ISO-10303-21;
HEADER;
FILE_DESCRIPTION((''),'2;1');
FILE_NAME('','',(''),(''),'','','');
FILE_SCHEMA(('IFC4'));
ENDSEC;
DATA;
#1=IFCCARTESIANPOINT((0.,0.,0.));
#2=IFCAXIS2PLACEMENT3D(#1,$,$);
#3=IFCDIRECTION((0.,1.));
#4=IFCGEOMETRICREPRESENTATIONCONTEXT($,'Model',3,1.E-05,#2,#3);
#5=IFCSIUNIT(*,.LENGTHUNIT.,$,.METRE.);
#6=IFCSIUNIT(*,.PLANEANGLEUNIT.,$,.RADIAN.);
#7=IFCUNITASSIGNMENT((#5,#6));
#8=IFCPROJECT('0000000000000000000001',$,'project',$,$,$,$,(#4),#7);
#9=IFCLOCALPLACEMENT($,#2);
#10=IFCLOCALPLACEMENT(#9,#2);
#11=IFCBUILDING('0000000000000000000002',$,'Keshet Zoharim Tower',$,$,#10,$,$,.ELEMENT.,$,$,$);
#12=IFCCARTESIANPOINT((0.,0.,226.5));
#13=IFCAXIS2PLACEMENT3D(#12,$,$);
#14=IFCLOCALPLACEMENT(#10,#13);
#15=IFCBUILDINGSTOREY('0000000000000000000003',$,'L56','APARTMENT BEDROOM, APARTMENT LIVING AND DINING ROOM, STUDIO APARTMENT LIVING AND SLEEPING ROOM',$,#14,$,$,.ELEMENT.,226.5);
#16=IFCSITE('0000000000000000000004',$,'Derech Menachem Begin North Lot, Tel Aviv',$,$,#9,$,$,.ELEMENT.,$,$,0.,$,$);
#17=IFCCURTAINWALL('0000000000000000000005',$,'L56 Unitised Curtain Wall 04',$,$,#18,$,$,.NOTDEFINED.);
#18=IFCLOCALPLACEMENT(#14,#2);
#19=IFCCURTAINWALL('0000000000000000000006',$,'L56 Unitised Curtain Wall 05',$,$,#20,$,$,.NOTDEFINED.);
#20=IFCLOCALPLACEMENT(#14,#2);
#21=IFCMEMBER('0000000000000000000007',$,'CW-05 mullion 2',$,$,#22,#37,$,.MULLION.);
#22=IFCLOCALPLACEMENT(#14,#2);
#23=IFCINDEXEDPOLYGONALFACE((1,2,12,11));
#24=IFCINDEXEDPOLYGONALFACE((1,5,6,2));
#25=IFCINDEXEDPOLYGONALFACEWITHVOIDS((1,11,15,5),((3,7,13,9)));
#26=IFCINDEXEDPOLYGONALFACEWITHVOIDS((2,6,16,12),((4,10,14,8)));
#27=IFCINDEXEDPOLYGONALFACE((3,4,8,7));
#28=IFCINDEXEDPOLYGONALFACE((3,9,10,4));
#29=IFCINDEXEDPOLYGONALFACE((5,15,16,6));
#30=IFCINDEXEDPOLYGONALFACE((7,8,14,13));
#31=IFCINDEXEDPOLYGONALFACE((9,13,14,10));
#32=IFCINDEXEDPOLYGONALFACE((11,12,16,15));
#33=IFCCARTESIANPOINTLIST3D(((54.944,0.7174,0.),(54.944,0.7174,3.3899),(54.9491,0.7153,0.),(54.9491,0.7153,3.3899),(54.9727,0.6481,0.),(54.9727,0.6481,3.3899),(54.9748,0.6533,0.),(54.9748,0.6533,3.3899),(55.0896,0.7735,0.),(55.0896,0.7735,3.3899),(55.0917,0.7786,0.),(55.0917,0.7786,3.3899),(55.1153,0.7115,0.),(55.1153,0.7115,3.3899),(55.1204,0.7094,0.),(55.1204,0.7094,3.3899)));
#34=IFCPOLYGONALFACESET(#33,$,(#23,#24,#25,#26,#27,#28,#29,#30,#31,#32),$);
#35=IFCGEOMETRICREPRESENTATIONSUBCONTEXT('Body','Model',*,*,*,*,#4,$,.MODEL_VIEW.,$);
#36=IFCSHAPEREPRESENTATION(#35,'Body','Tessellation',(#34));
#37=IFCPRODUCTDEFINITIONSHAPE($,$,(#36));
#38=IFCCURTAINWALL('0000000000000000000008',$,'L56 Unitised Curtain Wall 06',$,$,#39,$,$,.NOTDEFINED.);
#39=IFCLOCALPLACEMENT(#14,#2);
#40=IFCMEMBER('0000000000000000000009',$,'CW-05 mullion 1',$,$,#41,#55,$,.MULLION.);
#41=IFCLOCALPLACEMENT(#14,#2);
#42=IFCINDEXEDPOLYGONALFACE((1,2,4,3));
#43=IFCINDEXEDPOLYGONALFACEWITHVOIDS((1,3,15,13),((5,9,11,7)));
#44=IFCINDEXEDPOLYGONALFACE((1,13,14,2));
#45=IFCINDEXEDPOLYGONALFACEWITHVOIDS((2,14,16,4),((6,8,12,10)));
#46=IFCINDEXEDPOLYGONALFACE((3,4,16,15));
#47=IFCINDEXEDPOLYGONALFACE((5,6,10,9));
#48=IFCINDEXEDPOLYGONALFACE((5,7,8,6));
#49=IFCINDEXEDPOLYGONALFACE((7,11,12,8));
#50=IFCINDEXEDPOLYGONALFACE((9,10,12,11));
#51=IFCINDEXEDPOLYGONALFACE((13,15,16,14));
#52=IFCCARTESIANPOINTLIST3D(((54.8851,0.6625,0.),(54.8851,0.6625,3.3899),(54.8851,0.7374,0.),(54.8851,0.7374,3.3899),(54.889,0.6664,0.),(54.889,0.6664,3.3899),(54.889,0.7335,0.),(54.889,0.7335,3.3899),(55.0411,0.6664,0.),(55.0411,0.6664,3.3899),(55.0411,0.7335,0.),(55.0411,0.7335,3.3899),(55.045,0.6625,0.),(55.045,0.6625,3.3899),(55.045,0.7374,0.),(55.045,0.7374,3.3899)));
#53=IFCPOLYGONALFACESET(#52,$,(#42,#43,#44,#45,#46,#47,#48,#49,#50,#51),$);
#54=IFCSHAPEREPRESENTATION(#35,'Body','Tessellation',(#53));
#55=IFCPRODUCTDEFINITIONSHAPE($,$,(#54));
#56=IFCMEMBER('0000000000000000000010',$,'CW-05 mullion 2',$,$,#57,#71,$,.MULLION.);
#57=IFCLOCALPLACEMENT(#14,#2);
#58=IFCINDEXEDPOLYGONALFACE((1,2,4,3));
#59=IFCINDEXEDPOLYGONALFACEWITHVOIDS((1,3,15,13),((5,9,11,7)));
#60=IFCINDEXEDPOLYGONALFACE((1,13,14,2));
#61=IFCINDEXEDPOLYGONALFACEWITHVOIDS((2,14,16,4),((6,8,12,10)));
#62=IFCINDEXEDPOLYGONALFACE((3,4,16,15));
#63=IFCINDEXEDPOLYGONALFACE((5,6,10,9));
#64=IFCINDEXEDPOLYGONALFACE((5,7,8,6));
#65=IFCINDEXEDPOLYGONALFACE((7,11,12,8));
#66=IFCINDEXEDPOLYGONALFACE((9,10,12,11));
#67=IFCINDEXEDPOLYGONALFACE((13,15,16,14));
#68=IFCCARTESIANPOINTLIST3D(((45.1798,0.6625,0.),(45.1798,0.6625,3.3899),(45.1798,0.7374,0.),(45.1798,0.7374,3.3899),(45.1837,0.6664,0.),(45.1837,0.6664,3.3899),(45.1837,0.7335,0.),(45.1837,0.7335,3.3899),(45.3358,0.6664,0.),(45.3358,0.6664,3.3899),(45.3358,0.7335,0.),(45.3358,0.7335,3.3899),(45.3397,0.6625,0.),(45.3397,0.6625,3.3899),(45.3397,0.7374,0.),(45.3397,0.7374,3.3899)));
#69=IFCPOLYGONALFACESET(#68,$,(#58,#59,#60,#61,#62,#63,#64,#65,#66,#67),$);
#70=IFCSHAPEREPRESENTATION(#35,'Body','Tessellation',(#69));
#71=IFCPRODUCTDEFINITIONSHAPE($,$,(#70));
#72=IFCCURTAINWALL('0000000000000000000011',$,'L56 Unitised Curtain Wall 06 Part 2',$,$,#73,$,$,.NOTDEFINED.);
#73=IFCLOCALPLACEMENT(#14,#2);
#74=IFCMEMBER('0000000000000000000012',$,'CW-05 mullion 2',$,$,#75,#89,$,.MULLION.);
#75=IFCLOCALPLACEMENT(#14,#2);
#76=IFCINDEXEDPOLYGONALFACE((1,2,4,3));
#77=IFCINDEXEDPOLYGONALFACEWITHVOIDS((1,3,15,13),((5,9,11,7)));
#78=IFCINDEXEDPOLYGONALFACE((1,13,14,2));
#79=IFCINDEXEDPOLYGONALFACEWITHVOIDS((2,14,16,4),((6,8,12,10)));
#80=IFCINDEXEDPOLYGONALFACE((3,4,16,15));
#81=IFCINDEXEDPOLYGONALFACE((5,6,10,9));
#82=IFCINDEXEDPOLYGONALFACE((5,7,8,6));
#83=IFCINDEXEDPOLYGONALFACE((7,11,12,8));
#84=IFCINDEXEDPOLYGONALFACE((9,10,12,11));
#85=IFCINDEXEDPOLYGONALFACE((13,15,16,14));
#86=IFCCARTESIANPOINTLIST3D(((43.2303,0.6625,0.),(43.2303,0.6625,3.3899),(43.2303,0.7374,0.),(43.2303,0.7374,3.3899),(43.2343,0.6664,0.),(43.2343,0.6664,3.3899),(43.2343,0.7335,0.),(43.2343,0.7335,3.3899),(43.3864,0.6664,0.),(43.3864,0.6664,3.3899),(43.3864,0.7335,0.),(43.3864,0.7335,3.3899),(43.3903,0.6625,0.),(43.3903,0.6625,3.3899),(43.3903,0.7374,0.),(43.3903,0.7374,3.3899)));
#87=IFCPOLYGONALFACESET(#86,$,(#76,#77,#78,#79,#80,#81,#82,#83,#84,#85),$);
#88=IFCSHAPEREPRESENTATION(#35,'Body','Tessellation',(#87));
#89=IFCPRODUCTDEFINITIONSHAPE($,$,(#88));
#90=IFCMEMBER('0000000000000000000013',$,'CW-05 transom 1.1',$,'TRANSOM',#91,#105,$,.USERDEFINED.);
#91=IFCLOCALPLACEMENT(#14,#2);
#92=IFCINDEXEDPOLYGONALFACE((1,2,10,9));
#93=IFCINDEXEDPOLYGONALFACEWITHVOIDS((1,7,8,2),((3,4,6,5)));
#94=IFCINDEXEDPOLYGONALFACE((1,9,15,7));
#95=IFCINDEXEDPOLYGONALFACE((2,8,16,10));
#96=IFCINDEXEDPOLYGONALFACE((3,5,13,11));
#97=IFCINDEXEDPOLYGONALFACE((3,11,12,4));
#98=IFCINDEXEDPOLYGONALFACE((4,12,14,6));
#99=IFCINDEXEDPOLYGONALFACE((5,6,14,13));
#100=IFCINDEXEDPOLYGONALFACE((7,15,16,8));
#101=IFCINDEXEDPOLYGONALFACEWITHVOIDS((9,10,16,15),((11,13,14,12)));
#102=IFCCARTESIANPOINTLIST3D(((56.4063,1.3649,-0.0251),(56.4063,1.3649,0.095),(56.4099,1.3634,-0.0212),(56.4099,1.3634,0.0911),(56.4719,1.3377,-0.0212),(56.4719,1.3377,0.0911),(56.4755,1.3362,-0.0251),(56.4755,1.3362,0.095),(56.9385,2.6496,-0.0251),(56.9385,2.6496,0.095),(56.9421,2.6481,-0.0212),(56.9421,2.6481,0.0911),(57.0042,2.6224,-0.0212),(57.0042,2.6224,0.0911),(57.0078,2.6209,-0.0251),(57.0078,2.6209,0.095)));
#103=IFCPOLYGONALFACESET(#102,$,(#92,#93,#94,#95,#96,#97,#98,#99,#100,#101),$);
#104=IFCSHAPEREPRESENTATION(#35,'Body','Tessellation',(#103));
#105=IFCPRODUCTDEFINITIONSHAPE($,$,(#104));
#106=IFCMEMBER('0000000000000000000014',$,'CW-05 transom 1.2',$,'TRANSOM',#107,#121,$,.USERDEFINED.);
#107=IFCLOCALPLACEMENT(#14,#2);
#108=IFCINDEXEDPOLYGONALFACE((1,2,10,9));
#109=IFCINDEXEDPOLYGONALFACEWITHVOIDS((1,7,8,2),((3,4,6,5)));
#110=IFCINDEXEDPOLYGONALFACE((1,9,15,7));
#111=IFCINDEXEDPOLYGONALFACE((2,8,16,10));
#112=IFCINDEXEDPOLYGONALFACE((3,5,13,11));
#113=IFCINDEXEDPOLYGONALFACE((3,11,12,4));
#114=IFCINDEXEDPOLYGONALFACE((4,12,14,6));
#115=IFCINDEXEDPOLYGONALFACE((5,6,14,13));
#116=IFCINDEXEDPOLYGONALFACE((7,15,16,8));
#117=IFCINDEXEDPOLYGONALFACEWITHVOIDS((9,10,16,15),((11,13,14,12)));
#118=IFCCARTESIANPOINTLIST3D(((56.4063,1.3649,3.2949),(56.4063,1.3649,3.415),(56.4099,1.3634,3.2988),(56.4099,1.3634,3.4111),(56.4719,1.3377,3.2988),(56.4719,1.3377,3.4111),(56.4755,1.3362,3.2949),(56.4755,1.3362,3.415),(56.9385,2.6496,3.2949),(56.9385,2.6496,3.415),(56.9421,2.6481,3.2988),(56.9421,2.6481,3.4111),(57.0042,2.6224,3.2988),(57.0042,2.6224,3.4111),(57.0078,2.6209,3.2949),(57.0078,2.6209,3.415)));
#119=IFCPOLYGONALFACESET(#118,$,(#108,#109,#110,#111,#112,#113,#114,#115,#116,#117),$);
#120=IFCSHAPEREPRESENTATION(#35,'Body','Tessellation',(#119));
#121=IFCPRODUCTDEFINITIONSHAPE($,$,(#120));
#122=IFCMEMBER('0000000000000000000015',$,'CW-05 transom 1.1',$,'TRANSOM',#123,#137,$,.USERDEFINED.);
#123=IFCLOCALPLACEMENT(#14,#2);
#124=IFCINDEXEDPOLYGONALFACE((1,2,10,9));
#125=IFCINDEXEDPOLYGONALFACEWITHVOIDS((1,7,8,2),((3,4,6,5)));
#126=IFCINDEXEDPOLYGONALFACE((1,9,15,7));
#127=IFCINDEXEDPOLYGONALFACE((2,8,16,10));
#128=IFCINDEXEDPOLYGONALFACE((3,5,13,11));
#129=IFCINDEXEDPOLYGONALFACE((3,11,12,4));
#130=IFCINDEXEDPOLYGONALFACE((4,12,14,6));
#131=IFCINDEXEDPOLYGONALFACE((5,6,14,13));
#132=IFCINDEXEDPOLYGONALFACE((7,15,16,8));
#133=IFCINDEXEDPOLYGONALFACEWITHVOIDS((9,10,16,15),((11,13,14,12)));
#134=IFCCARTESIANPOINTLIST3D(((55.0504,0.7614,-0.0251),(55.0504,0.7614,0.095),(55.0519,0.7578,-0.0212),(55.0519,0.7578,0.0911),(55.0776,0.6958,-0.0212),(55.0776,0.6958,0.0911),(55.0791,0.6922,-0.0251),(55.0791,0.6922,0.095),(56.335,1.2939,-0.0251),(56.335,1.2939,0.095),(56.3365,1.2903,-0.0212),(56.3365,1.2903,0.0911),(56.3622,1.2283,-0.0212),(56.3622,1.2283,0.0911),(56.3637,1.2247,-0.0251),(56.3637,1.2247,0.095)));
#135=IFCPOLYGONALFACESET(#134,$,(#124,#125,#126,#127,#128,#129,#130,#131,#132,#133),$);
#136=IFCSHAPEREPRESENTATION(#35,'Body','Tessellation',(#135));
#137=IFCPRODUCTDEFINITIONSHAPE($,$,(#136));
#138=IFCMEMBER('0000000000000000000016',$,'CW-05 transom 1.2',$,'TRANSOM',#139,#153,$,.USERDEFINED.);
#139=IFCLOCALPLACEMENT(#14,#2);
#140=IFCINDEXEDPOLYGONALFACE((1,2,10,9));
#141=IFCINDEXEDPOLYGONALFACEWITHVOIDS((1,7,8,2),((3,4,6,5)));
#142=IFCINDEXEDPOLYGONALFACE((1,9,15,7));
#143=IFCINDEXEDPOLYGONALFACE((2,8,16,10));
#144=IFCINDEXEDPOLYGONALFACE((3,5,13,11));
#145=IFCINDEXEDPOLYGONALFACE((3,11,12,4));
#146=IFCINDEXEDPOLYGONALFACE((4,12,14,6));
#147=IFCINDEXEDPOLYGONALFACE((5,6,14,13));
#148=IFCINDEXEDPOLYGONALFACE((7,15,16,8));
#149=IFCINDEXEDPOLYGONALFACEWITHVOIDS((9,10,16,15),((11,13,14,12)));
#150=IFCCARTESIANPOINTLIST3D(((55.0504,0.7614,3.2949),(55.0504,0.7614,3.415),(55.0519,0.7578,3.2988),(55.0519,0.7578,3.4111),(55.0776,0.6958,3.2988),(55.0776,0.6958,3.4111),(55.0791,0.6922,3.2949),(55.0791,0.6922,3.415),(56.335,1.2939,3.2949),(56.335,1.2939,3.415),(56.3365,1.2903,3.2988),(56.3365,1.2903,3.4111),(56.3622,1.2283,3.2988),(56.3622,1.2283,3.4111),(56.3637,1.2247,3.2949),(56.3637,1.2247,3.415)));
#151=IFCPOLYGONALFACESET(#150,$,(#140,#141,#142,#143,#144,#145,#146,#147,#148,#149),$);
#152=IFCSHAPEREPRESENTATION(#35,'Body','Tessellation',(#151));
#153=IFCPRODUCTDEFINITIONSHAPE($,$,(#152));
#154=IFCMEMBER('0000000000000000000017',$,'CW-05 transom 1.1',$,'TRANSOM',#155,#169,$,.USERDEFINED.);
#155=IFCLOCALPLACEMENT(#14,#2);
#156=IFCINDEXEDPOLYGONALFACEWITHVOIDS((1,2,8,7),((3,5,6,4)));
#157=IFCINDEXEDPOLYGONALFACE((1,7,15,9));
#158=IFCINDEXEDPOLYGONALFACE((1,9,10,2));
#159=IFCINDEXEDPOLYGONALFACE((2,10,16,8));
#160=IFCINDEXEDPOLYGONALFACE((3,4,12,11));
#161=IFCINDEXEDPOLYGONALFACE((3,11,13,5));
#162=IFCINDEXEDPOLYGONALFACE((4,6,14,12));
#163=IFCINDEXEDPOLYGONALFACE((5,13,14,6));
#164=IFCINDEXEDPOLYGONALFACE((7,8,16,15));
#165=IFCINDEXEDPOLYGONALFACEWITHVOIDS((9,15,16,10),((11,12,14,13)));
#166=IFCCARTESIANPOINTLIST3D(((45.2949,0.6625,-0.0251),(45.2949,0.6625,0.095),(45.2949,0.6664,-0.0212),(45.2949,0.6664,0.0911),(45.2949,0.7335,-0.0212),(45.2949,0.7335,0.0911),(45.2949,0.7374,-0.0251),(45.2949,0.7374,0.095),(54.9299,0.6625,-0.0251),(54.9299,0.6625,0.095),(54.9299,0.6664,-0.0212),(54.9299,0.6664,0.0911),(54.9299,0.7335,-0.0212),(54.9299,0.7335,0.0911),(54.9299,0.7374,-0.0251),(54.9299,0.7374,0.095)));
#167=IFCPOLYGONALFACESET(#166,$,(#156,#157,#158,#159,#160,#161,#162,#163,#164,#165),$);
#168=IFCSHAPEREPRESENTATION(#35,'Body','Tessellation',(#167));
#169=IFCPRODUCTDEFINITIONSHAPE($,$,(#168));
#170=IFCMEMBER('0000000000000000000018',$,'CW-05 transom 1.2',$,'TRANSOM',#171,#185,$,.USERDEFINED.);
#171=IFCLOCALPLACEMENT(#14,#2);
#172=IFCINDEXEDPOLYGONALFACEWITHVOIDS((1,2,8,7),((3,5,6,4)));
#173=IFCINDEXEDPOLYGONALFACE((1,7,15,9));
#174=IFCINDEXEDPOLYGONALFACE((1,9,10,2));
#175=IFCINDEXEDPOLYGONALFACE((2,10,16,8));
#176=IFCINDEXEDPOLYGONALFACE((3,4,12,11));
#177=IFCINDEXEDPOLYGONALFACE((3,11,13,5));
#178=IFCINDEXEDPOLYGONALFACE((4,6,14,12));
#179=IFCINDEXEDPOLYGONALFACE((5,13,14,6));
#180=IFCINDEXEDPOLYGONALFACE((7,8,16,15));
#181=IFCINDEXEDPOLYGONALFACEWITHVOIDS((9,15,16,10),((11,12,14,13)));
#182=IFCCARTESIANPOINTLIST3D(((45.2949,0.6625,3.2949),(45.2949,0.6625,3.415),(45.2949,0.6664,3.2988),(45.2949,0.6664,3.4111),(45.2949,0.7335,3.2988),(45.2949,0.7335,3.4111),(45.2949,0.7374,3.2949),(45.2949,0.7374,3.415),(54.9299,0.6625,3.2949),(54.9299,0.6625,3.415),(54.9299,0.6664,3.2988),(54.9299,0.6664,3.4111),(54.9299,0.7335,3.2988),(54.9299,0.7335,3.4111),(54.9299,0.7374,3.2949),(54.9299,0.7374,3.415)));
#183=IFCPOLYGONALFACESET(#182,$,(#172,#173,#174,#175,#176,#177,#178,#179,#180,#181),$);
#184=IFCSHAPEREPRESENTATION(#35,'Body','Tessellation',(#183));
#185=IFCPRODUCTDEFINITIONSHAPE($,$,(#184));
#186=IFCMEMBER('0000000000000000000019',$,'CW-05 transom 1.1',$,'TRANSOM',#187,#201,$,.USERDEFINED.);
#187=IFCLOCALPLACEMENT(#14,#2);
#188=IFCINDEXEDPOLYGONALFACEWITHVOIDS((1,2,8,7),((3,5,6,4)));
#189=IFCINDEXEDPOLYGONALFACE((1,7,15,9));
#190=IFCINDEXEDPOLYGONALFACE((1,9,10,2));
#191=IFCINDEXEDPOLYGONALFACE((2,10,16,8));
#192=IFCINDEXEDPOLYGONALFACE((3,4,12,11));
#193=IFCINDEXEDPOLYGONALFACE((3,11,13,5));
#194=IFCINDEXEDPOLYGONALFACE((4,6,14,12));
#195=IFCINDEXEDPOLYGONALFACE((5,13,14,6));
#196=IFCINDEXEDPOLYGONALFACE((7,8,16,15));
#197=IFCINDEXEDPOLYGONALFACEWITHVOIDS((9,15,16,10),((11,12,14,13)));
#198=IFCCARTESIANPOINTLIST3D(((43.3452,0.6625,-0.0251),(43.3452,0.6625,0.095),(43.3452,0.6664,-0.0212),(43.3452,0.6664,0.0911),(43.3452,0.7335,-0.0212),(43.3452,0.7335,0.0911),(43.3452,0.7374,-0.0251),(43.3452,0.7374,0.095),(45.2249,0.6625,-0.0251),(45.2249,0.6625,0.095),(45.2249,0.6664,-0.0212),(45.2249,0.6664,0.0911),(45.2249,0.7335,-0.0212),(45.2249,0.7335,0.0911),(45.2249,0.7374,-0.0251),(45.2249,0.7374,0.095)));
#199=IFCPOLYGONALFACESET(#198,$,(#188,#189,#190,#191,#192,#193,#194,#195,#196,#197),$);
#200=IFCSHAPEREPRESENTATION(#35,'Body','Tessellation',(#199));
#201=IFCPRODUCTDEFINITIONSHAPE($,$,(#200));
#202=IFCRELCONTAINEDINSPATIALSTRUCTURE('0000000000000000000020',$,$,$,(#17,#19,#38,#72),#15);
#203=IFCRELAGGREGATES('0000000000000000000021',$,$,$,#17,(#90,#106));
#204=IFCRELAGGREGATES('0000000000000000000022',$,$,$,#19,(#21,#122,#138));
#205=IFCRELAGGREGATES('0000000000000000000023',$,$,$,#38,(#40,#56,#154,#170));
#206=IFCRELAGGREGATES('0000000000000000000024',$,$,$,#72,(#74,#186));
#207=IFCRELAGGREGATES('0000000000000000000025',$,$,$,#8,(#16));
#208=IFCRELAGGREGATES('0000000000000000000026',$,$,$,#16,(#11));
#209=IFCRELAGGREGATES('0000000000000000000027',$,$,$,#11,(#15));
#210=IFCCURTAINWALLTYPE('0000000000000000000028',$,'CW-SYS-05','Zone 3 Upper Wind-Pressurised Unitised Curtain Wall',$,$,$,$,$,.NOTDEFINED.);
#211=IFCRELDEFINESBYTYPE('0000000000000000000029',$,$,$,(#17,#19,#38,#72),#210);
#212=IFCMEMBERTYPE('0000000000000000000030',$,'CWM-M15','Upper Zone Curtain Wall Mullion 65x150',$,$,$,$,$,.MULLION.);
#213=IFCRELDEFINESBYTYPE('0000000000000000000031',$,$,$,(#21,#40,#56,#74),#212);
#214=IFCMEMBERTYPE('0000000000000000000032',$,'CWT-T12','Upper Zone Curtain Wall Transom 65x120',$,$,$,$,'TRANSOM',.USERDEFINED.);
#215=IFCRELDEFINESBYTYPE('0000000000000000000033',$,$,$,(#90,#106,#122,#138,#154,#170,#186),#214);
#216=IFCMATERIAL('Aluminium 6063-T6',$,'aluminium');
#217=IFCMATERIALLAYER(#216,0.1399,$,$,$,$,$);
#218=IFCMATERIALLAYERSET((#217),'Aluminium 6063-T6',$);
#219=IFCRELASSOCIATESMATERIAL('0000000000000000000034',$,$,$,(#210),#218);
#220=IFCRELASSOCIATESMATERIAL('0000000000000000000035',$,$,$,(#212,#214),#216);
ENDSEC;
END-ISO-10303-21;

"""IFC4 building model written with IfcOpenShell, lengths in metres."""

from ifc_helpers import new_model, si_unit, direction, frame, origin, origin_2d, place, context, subcontext, project, spatial, hollow_rectangle, extrude, material, layer, layer_set, material_profile, profile_set, type_object, element, aggregate, save


model = new_model("IFC4")

# Units and contexts
model_context = context("Model", 3, precision=1e-05, world=origin(), true_north=direction((0.0, 1.0)))
body_context = subcontext(model_context, "Body", "Model", "MODEL_VIEW")
ifc_project = project(units=[si_unit("LENGTHUNIT", "METRE"), si_unit("PLANEANGLEUNIT", "RADIAN")], contexts=[model_context])

# Site, building, storey
site_placement = place(None, origin())
site = spatial("IfcSite", under=ifc_project, at=site_placement, Name="Derech Menachem Begin North Lot, Tel Aviv", CompositionType="ELEMENT", RefElevation=0.0)
building_placement = place(site_placement, origin())
building = spatial("IfcBuilding", under=site, at=building_placement, Name="Keshet Zoharim Tower", CompositionType="ELEMENT")
storey_placement = place(building_placement, frame((0.0, 0.0, 226.5)))
storey = spatial("IfcBuildingStorey", under=building, at=storey_placement, Name="L56", Description="APARTMENT BEDROOM, APARTMENT LIVING AND DINING ROOM, STUDIO APARTMENT LIVING AND SLEEPING ROOM", CompositionType="ELEMENT", Elevation=226.5)

# Curtain walls, members
ifc_material_1 = material(Name="Aluminium 6063-T6", Category="aluminium")
ifc_layer_1 = layer(ifc_material_1, 0.1399)
ifc_layer_set_1 = layer_set([ifc_layer_1], Name="Aluminium 6063-T6")
curtain_wall_type = type_object("IfcCurtainWallType", Name="CW-SYS-05", Description="Zone 3 Upper Wind-Pressurised Unitised Curtain Wall", PredefinedType="NOTDEFINED", material=ifc_layer_set_1)
curtain_wall_1_placement = place(storey_placement, origin())
curtain_wall_1 = element("IfcCurtainWall", 1, at=curtain_wall_1_placement, inside=storey, type_object=curtain_wall_type, Name="L56 Unitised Curtain Wall 04", PredefinedType="NOTDEFINED")
ifc_material_profile_1 = material_profile(ifc_material_1, hollow_rectangle(XDim=0.075, YDim=0.1599, WallThickness=0.0039, at=origin_2d()), Name="MUL-75x160")
ifc_profile_set_1 = profile_set([ifc_material_profile_1], Name="Aluminium 6063-T6")
member_type_1 = type_object("IfcMemberType", Name="CWM-M15", Description="Upper Zone Curtain Wall Mullion 65x150", PredefinedType="MULLION", material=ifc_profile_set_1)
curtain_wall_2_placement = place(storey_placement, origin())
curtain_wall_2 = element("IfcCurtainWall", 2, at=curtain_wall_2_placement, inside=storey, type_object=curtain_wall_type, Name="L56 Unitised Curtain Wall 05", PredefinedType="NOTDEFINED")
member_1_placement = place(storey_placement, frame((55.0322, 0.7134, 0.0), z_axis=(0.0, 0.0, 1.0), x_axis=(0.382852, -0.92381, 0.0)))
member_1 = element("IfcMember", 3, at=member_1_placement, type_object=member_type_1, Name="CW-05 mullion 2", PredefinedType="MULLION", context=body_context, shape_type="SweptSolid", body=[
    extrude(hollow_rectangle(XDim=0.075, YDim=0.1599, WallThickness=0.0039, at=origin_2d()), origin(), (0.0, 0.0, 1.0), 3.3899),
])
curtain_wall_3_placement = place(storey_placement, origin())
curtain_wall_3 = element("IfcCurtainWall", 4, at=curtain_wall_3_placement, inside=storey, type_object=curtain_wall_type, Name="L56 Unitised Curtain Wall 06", PredefinedType="NOTDEFINED")
member_2_placement = place(storey_placement, frame((54.9651, 0.7, 0.0), z_axis=(0.0, 0.0, 1.0), x_axis=(0.0, -1.0, 0.0)))
member_2 = element("IfcMember", 5, at=member_2_placement, type_object=member_type_1, Name="CW-05 mullion 1", PredefinedType="MULLION", context=body_context, shape_type="SweptSolid", body=[
    extrude(hollow_rectangle(XDim=0.075, YDim=0.1599, WallThickness=0.0039, at=origin_2d()), origin(), (0.0, 0.0, 1.0), 3.3899),
])
member_3_placement = place(storey_placement, frame((45.2598, 0.7, 0.0), z_axis=(0.0, 0.0, 1.0), x_axis=(0.0, -1.0, 0.0)))
member_3 = element("IfcMember", 6, at=member_3_placement, type_object=member_type_1, Name="CW-05 mullion 2", PredefinedType="MULLION", context=body_context, shape_type="SweptSolid", body=[
    extrude(hollow_rectangle(XDim=0.075, YDim=0.1599, WallThickness=0.0039, at=origin_2d()), origin(), (0.0, 0.0, 1.0), 3.3899),
])

# Curtain wall, member
curtain_wall_4_placement = place(storey_placement, origin())
curtain_wall_4 = element("IfcCurtainWall", 7, at=curtain_wall_4_placement, inside=storey, type_object=curtain_wall_type, Name="L56 Unitised Curtain Wall 06 Part 2", PredefinedType="NOTDEFINED")
member_4_placement = place(storey_placement, frame((43.3103, 0.7, 0.0), z_axis=(0.0, 0.0, 1.0), x_axis=(0.0, -1.0, 0.0)))
member_4 = element("IfcMember", 8, at=member_4_placement, type_object=member_type_1, Name="CW-05 mullion 2", PredefinedType="MULLION", context=body_context, shape_type="SweptSolid", body=[
    extrude(hollow_rectangle(XDim=0.075, YDim=0.1599, WallThickness=0.0039, at=origin_2d()), origin(), (0.0, 0.0, 1.0), 3.3899),
])

# Members
ifc_material_profile_2 = material_profile(ifc_material_1, hollow_rectangle(XDim=0.075, YDim=0.1201, WallThickness=0.0039, at=origin_2d()), Name="TRN-75x120")
ifc_profile_set_2 = profile_set([ifc_material_profile_2], Name="Aluminium 6063-T6")
member_type_2 = type_object("IfcMemberType", Name="CWT-T12", Description="Upper Zone Curtain Wall Transom 65x120", ElementType="TRANSOM", PredefinedType="USERDEFINED", material=ifc_profile_set_2)
member_5_placement = place(storey_placement, frame((56.9731, 2.6353, 0.0349), z_axis=(-0.382745, -0.923854, 0.0), x_axis=(0.923854, -0.382745, 0.0)))
member_5 = element("IfcMember", 9, at=member_5_placement, type_object=member_type_2, Name="CW-05 transom 1.1", ObjectType="TRANSOM", PredefinedType="USERDEFINED", context=body_context, shape_type="SweptSolid", body=[
    extrude(hollow_rectangle(XDim=0.075, YDim=0.1201, WallThickness=0.0039, at=origin_2d()), origin(), (0.0, 0.0, 1.0), 1.3906),
])
member_6_placement = place(storey_placement, frame((56.9731, 2.6353, 3.355), z_axis=(-0.382745, -0.923854, 0.0), x_axis=(0.923854, -0.382745, 0.0)))
member_6 = element("IfcMember", 10, at=member_6_placement, type_object=member_type_2, Name="CW-05 transom 1.2", ObjectType="TRANSOM", PredefinedType="USERDEFINED", context=body_context, shape_type="SweptSolid", body=[
    extrude(hollow_rectangle(XDim=0.075, YDim=0.1201, WallThickness=0.0039, at=origin_2d()), origin(), (0.0, 0.0, 1.0), 1.3906),
])
member_7_placement = place(storey_placement, frame((56.3494, 1.2593, 0.0349), z_axis=(-0.923792, -0.382894, 0.0), x_axis=(0.382894, -0.923792, 0.0)))
member_7 = element("IfcMember", 11, at=member_7_placement, type_object=member_type_2, Name="CW-05 transom 1.1", ObjectType="TRANSOM", PredefinedType="USERDEFINED", context=body_context, shape_type="SweptSolid", body=[
    extrude(hollow_rectangle(XDim=0.075, YDim=0.1201, WallThickness=0.0039, at=origin_2d()), origin(), (0.0, 0.0, 1.0), 1.3906),
])
member_8_placement = place(storey_placement, frame((56.3494, 1.2593, 3.355), z_axis=(-0.923792, -0.382894, 0.0), x_axis=(0.382894, -0.923792, 0.0)))
member_8 = element("IfcMember", 12, at=member_8_placement, type_object=member_type_2, Name="CW-05 transom 1.2", ObjectType="TRANSOM", PredefinedType="USERDEFINED", context=body_context, shape_type="SweptSolid", body=[
    extrude(hollow_rectangle(XDim=0.075, YDim=0.1201, WallThickness=0.0039, at=origin_2d()), origin(), (0.0, 0.0, 1.0), 1.3906),
])
member_9_placement = place(storey_placement, frame((54.9299, 0.7, 0.0349), z_axis=(-1.0, 0.0, 0.0), x_axis=(0.0, -1.0, 0.0)))
member_9 = element("IfcMember", 13, at=member_9_placement, type_object=member_type_2, Name="CW-05 transom 1.1", ObjectType="TRANSOM", PredefinedType="USERDEFINED", context=body_context, shape_type="SweptSolid", body=[
    extrude(hollow_rectangle(XDim=0.075, YDim=0.1201, WallThickness=0.0039, at=origin_2d()), origin(), (0.0, 0.0, 1.0), 9.635),
])
member_10_placement = place(storey_placement, frame((54.9299, 0.7, 3.355), z_axis=(-1.0, 0.0, 0.0), x_axis=(0.0, -1.0, 0.0)))
member_10 = element("IfcMember", 14, at=member_10_placement, type_object=member_type_2, Name="CW-05 transom 1.2", ObjectType="TRANSOM", PredefinedType="USERDEFINED", context=body_context, shape_type="SweptSolid", body=[
    extrude(hollow_rectangle(XDim=0.075, YDim=0.1201, WallThickness=0.0039, at=origin_2d()), origin(), (0.0, 0.0, 1.0), 9.635),
])
member_11_placement = place(storey_placement, frame((45.2249, 0.7, 0.0349), z_axis=(-1.0, 0.0, 0.0), x_axis=(0.0, -1.0, 0.0)))
member_11 = element("IfcMember", 15, at=member_11_placement, type_object=member_type_2, Name="CW-05 transom 1.1", ObjectType="TRANSOM", PredefinedType="USERDEFINED", context=body_context, shape_type="SweptSolid", body=[
    extrude(hollow_rectangle(XDim=0.075, YDim=0.1201, WallThickness=0.0039, at=origin_2d()), origin(), (0.0, 0.0, 1.0), 1.8796),
])

aggregate(curtain_wall_1, [member_5, member_6])
aggregate(curtain_wall_2, [member_1, member_7, member_8])
aggregate(curtain_wall_3, [member_2, member_3, member_9, member_10])
aggregate(curtain_wall_4, [member_4, member_11])

save(model, "model.ifc")
